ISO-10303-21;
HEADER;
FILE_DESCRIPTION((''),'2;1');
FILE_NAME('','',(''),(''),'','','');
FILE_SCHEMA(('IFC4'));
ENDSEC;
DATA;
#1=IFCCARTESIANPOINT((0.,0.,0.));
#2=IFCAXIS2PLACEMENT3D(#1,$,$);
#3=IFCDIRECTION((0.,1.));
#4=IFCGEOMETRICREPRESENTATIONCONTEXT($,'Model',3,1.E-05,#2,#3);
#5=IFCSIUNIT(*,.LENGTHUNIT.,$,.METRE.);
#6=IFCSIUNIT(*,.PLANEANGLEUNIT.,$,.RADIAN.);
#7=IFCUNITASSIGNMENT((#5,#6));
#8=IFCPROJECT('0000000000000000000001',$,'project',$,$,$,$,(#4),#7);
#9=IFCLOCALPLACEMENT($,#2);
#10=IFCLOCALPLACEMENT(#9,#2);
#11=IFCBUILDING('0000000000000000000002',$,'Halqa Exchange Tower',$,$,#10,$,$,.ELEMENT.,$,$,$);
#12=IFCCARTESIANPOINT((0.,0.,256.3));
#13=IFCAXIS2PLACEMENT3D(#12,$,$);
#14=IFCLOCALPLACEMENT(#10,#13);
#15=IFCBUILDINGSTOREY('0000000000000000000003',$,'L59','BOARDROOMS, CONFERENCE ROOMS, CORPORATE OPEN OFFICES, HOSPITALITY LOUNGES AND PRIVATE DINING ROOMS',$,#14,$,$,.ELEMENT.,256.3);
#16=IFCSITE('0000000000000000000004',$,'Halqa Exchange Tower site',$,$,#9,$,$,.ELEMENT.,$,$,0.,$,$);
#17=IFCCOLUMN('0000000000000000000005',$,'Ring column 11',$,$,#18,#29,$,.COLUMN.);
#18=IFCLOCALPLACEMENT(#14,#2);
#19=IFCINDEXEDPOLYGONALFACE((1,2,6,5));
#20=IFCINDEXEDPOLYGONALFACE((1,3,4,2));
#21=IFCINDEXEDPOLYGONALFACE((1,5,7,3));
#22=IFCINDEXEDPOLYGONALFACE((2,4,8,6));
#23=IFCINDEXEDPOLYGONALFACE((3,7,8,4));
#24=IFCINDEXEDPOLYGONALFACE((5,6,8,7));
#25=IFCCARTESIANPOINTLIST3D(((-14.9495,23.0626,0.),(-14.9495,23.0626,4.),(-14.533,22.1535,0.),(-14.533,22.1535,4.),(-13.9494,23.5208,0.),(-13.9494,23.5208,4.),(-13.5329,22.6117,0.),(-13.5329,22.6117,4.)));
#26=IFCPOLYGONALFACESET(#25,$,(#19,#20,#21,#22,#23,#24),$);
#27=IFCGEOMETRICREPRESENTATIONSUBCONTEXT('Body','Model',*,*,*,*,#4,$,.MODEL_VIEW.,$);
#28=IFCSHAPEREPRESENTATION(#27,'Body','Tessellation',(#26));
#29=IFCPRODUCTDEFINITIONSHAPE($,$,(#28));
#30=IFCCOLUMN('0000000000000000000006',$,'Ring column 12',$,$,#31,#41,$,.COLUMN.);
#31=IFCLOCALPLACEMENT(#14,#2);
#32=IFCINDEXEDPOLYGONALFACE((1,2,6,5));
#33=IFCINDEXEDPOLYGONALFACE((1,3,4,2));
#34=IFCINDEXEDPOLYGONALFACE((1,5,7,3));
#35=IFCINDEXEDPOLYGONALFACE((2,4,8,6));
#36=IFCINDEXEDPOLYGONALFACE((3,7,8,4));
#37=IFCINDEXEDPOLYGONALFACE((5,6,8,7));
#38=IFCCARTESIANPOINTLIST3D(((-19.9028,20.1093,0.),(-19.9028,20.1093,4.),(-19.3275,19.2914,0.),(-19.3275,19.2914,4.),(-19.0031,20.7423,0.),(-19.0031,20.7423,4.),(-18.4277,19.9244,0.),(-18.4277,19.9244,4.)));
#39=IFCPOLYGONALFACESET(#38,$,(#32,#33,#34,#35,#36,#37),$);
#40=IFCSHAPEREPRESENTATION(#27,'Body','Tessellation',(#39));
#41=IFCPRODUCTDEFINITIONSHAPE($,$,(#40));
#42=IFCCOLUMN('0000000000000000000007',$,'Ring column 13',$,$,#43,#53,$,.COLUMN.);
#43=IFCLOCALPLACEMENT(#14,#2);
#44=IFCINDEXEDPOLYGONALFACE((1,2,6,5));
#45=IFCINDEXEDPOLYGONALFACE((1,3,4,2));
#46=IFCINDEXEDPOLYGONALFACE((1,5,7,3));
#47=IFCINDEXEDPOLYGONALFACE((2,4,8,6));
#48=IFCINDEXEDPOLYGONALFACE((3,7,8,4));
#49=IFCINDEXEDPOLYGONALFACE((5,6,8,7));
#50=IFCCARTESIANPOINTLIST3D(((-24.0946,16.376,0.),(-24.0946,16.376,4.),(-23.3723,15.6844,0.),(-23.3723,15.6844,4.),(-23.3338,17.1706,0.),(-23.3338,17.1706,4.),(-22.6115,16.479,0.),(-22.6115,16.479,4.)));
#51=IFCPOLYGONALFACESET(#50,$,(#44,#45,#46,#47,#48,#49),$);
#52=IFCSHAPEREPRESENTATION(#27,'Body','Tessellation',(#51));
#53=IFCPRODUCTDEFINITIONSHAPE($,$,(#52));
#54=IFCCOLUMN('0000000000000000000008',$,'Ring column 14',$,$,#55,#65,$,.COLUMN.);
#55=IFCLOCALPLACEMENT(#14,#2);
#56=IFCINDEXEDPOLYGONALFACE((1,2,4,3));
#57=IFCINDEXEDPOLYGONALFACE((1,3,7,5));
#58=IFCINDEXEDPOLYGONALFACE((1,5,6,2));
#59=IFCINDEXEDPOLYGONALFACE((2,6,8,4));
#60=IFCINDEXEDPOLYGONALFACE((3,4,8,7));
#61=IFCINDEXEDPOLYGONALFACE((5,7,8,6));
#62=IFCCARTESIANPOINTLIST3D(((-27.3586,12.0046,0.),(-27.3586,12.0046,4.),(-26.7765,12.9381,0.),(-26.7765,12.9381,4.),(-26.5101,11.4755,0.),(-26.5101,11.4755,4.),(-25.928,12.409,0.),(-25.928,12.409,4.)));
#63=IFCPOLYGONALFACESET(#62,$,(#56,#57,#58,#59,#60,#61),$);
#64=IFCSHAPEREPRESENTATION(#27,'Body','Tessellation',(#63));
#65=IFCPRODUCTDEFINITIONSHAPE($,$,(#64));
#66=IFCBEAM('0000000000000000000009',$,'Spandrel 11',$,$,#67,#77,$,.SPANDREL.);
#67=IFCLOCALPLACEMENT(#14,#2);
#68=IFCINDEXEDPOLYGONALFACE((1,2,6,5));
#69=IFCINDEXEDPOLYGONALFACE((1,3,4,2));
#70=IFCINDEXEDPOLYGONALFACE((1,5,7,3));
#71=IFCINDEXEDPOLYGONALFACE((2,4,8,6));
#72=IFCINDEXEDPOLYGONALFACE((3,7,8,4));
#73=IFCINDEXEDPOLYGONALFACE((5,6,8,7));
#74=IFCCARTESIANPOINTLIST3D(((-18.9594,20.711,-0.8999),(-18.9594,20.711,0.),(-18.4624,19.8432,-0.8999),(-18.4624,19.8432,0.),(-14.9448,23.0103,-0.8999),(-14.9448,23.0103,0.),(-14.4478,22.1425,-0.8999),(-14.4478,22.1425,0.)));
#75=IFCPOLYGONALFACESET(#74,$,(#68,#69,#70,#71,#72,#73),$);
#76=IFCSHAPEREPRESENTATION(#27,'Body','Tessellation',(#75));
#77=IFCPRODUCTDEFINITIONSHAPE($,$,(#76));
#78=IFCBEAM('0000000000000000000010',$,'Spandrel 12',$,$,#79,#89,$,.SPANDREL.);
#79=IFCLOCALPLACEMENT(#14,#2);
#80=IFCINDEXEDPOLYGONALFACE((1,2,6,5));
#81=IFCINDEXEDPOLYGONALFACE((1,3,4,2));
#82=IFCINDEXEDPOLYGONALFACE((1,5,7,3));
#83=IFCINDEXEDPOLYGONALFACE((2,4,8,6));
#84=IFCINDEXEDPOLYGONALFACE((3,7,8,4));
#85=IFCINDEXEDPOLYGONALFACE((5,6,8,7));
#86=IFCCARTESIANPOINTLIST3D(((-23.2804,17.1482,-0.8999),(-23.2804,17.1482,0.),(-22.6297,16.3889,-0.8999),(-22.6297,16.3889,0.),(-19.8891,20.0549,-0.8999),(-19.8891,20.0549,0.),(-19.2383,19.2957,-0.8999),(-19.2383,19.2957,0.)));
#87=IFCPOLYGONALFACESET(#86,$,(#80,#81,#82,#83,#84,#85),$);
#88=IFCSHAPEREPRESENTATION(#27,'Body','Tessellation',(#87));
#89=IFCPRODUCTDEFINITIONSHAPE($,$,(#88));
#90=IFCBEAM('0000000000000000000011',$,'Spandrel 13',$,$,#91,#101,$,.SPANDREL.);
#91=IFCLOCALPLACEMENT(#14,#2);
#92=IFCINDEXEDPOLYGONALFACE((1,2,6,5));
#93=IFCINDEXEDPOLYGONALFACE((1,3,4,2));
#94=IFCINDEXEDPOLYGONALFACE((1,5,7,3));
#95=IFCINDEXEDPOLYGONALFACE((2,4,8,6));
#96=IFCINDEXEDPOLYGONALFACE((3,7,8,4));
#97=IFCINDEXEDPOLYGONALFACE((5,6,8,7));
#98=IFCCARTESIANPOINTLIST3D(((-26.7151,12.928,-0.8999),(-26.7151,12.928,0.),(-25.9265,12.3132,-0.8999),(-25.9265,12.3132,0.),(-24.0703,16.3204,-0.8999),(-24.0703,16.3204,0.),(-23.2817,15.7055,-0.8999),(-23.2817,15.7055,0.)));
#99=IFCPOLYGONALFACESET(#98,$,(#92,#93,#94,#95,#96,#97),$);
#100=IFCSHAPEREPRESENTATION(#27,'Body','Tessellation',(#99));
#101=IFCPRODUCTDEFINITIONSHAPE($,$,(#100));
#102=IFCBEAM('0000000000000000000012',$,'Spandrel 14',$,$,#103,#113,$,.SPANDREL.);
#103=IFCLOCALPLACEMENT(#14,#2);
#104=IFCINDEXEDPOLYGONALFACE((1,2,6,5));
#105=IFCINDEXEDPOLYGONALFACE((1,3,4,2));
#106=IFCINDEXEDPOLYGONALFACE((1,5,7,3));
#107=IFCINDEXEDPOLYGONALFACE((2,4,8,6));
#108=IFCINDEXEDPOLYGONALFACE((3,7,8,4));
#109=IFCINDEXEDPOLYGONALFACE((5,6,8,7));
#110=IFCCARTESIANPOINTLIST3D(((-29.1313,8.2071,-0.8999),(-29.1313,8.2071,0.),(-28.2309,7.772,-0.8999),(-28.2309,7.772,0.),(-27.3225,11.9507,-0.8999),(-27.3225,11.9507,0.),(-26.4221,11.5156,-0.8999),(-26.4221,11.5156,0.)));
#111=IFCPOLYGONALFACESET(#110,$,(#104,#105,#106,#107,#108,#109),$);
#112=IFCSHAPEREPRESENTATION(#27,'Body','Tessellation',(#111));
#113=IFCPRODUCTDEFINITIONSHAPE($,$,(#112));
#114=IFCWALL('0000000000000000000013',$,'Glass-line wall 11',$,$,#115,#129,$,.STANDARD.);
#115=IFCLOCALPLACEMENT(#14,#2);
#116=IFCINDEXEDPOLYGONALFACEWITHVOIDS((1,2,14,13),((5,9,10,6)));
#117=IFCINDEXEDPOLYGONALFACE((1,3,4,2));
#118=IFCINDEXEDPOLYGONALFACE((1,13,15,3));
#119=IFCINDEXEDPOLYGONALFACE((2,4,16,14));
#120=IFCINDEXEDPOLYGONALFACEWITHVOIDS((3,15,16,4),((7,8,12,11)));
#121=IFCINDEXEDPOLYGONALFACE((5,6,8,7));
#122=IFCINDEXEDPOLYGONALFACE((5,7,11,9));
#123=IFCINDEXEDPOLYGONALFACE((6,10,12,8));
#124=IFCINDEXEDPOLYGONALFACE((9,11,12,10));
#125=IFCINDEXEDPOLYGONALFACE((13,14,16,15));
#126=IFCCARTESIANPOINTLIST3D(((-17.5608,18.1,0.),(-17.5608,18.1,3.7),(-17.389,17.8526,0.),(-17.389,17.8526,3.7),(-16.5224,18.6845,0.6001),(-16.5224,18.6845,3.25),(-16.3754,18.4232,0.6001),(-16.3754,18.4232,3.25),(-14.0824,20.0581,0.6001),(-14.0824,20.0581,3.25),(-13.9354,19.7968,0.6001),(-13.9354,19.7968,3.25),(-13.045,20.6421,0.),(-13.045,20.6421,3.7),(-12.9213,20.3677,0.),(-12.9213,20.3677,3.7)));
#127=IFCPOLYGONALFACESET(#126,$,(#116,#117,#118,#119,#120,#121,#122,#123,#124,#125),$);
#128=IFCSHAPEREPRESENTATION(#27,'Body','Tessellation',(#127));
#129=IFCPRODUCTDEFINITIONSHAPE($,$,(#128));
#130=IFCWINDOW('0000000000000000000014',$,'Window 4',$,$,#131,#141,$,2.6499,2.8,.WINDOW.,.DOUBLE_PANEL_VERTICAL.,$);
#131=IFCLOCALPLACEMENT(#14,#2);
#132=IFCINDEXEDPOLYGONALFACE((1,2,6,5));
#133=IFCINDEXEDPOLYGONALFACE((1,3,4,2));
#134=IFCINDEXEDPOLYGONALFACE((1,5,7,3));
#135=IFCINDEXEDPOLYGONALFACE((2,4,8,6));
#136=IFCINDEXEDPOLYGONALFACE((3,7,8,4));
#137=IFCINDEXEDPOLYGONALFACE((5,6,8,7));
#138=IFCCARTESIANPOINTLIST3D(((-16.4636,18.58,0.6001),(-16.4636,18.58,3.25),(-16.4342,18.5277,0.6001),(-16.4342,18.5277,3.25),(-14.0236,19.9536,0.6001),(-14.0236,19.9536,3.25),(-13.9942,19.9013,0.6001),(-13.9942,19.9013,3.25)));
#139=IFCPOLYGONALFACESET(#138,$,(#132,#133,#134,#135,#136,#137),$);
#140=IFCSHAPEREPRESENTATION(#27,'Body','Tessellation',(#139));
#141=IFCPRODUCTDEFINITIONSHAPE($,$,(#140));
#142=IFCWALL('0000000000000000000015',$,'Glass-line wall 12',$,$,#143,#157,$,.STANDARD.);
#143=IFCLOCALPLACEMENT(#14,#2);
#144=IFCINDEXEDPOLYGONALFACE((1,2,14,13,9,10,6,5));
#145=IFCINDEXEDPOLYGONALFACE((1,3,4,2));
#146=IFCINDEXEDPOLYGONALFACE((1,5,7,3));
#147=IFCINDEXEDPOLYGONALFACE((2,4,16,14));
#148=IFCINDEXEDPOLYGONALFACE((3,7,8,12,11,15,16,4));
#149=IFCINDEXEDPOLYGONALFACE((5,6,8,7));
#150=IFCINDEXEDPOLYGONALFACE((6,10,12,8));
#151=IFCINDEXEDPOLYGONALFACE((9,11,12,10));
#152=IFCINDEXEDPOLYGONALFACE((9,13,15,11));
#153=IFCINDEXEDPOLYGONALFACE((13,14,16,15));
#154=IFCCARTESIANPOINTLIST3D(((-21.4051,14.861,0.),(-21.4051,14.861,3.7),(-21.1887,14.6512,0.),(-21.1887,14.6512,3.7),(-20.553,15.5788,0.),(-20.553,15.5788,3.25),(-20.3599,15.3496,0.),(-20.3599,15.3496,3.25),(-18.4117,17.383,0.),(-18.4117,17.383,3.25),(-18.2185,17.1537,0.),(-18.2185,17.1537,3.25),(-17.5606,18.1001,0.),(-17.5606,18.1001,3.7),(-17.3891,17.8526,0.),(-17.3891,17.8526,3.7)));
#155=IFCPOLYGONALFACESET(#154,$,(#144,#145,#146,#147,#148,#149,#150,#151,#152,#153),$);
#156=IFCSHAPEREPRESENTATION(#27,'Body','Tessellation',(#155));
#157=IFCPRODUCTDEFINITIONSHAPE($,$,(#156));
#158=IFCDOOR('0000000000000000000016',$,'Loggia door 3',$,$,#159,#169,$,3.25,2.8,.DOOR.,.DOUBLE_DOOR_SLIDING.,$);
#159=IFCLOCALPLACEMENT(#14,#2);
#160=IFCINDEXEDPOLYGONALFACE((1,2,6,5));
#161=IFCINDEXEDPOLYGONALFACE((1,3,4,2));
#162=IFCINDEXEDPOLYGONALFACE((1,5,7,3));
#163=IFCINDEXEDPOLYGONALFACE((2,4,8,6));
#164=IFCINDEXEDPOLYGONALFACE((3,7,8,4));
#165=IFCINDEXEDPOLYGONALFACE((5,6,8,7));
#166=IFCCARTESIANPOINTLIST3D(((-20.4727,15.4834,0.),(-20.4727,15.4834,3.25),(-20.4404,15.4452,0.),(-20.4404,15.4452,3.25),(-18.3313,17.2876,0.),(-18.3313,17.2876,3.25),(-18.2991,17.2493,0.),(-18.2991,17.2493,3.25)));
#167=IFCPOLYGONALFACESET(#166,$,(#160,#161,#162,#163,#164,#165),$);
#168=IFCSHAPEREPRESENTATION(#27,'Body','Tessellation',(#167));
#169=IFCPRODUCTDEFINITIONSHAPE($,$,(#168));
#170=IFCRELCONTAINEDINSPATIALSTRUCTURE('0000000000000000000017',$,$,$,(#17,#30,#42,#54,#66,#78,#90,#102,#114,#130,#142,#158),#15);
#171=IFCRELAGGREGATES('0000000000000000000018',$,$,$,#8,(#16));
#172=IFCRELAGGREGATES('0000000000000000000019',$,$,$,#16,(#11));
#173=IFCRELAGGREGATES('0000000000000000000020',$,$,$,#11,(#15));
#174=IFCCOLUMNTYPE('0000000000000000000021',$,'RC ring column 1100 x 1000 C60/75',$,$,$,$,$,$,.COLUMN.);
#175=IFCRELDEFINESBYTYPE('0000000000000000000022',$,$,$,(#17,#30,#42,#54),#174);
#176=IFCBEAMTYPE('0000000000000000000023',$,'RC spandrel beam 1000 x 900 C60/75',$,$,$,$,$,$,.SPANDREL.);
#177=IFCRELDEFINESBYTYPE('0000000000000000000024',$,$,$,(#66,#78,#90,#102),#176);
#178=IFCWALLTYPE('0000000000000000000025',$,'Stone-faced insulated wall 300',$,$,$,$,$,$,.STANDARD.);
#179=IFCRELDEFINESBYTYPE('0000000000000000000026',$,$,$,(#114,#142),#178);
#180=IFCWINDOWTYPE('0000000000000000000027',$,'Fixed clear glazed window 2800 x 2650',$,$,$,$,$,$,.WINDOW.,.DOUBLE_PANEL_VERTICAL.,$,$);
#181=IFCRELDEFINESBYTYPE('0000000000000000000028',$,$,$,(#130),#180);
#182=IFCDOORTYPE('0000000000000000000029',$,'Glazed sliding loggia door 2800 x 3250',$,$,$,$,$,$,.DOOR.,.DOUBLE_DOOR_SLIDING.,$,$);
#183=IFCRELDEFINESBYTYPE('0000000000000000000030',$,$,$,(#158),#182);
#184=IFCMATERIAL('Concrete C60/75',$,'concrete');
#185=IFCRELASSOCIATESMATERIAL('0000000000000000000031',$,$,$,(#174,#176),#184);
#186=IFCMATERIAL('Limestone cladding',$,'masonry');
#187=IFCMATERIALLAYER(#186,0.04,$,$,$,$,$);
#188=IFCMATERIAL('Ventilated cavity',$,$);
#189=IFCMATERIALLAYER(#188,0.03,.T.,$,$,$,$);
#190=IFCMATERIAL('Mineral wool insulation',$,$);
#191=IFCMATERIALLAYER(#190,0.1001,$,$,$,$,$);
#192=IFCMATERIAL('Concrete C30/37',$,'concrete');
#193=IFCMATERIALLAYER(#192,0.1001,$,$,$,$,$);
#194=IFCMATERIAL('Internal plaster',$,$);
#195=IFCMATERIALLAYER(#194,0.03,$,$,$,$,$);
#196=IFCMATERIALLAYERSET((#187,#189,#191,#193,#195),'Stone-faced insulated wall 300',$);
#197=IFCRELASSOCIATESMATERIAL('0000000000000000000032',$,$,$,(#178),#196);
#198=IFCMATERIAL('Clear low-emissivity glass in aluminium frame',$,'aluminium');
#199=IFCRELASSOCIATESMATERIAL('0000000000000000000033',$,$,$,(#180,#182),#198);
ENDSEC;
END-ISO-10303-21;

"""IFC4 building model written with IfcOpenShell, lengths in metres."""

from ifc_helpers import new_model, si_unit, direction, frame, frame_2d, origin, origin_2d, place, context, subcontext, project, spatial, polyline, rectangle, outline, extrude, material, layer, layer_set, material_profile, profile_set, type_object, element, fill, save


model = new_model("IFC4")

# Units and contexts
model_context = context("Model", 3, precision=1e-05, world=origin(), true_north=direction((0.0, 1.0)))
body_context = subcontext(model_context, "Body", "Model", "MODEL_VIEW")
ifc_project = project(units=[si_unit("LENGTHUNIT", "METRE"), si_unit("PLANEANGLEUNIT", "RADIAN")], contexts=[model_context])

# Site, building, storey
site_placement = place(None, origin())
site = spatial("IfcSite", under=ifc_project, at=site_placement, Name="Halqa Exchange Tower site", CompositionType="ELEMENT", RefElevation=0.0)
building_placement = place(site_placement, origin())
building = spatial("IfcBuilding", under=site, at=building_placement, Name="Halqa Exchange Tower", CompositionType="ELEMENT")
storey_placement = place(building_placement, frame((0.0, 0.0, 256.3)))
storey = spatial("IfcBuildingStorey", under=building, at=storey_placement, Name="L59", Description="BOARDROOMS, CONFERENCE ROOMS, CORPORATE OPEN OFFICES, HOSPITALITY LOUNGES AND PRIVATE DINING ROOMS", CompositionType="ELEMENT", Elevation=256.3)

# Columns
ifc_material_1 = material(Name="Concrete C60/75", Category="concrete")
ifc_material_profile_1 = material_profile(ifc_material_1, rectangle(XDim=1.1001, YDim=1.0, at=origin_2d()), Name="1100 x 1000")
ifc_profile_set_1 = profile_set([ifc_material_profile_1], Name="Concrete C60/75")
column_type = type_object("IfcColumnType", Name="RC ring column 1100 x 1000 C60/75", PredefinedType="COLUMN", material=ifc_profile_set_1)
for number, where, z_axis, x_axis, name in (
    (1, (-14.2412, 22.8372, 0.0), (0.0, 0.0, 1.0), (-0.909128, -0.416517, 0.0), "Ring column 11"),
    (2, (-19.1653, 20.0168, 0.0), (0.0, 0.0, 1.0), (-0.817907, -0.575351, 0.0), "Ring column 12"),
    (3, (-23.353, 16.4275, 0.0), (0.0, 0.0, 1.0), (-0.691579, -0.722301, 0.0), "Ring column 13"),
    (4, (-26.6433, 12.2068, 0.0), (0.0, 0.0, 1.0), (-0.52914, -0.848534, 0.0), "Ring column 14"),
):
    element("IfcColumn", number, at=place(storey_placement, frame(where, z_axis=z_axis, x_axis=x_axis)), inside=storey, type_object=column_type, Name=name, PredefinedType="COLUMN", context=body_context, shape_type="SweptSolid", body=[
        extrude(rectangle(XDim=1.1001, YDim=1.0, at=origin_2d()), origin(), (0.0, 0.0, 1.0), 4.0),
    ])

# Beams
ifc_material_profile_2 = material_profile(ifc_material_1, rectangle(XDim=1.0, YDim=0.8999, at=origin_2d()), Name="1000 x 900")
ifc_profile_set_2 = profile_set([ifc_material_profile_2], Name="Concrete C60/75")
beam_type = type_object("IfcBeamType", Name="RC spandrel beam 1000 x 900 C60/75", PredefinedType="SPANDREL", material=ifc_profile_set_2)
beam_1_placement = place(storey_placement, frame((-14.6963, 22.5764, -0.45), z_axis=(-0.867756, -0.496991, 0.0), x_axis=(0.496991, -0.867756, 0.0)))
element("IfcBeam", 5, at=beam_1_placement, inside=storey, type_object=beam_type, Name="Spandrel 11", PredefinedType="SPANDREL", context=body_context, shape_type="SweptSolid", body=[
    extrude(rectangle(XDim=1.0, YDim=0.8999, at=origin_2d()), origin(), (0.0, 0.0, 1.0), 4.6265),
])
beam_2_placement = place(storey_placement, frame((-19.5637, 19.6753, -0.45), z_axis=(-0.759272, -0.650773, 0.0), x_axis=(0.650773, -0.759272, 0.0)))
element("IfcBeam", 6, at=beam_2_placement, inside=storey, type_object=beam_type, Name="Spandrel 12", PredefinedType="SPANDREL", context=body_context, shape_type="SweptSolid", body=[
    extrude(rectangle(XDim=1.0, YDim=0.8999, at=origin_2d()), origin(), (0.0, 0.0, 1.0), 4.4666),
])
beam_3_placement = place(storey_placement, frame((-23.676, 16.0129, -0.45), z_axis=(-0.614852, -0.788643, 0.0), x_axis=(0.788643, -0.614852, 0.0)))
element("IfcBeam", 7, at=beam_3_placement, inside=storey, type_object=beam_type, Name="Spandrel 13", PredefinedType="SPANDREL", context=body_context, shape_type="SweptSolid", body=[
    extrude(rectangle(XDim=1.0, YDim=0.8999, at=origin_2d()), origin(), (0.0, 0.0, 1.0), 4.3015),
])
beam_4_placement = place(storey_placement, frame((-26.8723, 11.7332, -0.45), z_axis=(-0.435053, -0.900405, 0.0), x_axis=(0.900405, -0.435053, 0.0)))
element("IfcBeam", 8, at=beam_4_placement, inside=storey, type_object=beam_type, Name="Spandrel 14", PredefinedType="SPANDREL", context=body_context, shape_type="SweptSolid", body=[
    extrude(rectangle(XDim=1.0, YDim=0.8999, at=origin_2d()), origin(), (0.0, 0.0, 1.0), 4.1577),
])

# Wall, opening, window
ifc_material_2 = material(Name="Limestone cladding", Category="masonry")
ifc_layer_1 = layer(ifc_material_2, 0.04)
ifc_material_3 = material(Name="Ventilated cavity")
ifc_layer_2 = layer(ifc_material_3, 0.03, ventilated=True)
ifc_material_4 = material(Name="Mineral wool insulation")
ifc_layer_3 = layer(ifc_material_4, 0.1001)
ifc_material_5 = material(Name="Concrete C30/37", Category="concrete")
ifc_layer_4 = layer(ifc_material_5, 0.1001)
ifc_material_6 = material(Name="Internal plaster")
ifc_layer_5 = layer(ifc_material_6, 0.03)
ifc_layer_set_1 = layer_set([ifc_layer_1, ifc_layer_2, ifc_layer_3, ifc_layer_4, ifc_layer_5], Name="Stone-faced insulated wall 300")
wall_type_1 = type_object("IfcWallType", Name="Stone-faced insulated wall 300", PredefinedType="STANDARD", material=ifc_layer_set_1)
wall_1_placement = place(storey_placement, frame((-12.9832, 20.5049, 0.0), z_axis=(0.0, 0.0, 1.0), x_axis=(-0.871411, -0.490554, 0.0)))
wall_1 = element("IfcWall", 9, at=wall_1_placement, inside=storey, type_object=wall_type_1, Name="Glass-line wall 11", PredefinedType="STANDARD", context=body_context, shape_type="SweptSolid", body=[
    extrude(outline(polyline([(-0.0134, -0.1499), (5.1687, -0.1499), (5.1404, 0.1499), (0.0134, 0.1499), (-0.0134, -0.1499)])), origin(), (0.0, 0.0, 1.0), 3.7),
])
opening_1_placement = place(wall_1_placement, frame((1.1772, 0.0, 0.6001)))
opening_1 = element("IfcOpeningElement", 10, at=opening_1_placement, cuts=wall_1, PredefinedType="OPENING", context=body_context, shape_type="SweptSolid", body=[
    extrude(rectangle(XDim=2.8, YDim=2.6499, at=frame_2d((1.3999, 1.325))), frame((0.0, 0.1621, 0.0), z_axis=(0.0, -1.0, 0.0), x_axis=(1.0, 0.0, 0.0)), (0.0, 0.0, 1.0), 0.324),
])
ifc_material_7 = material(Name="Clear low-emissivity glass in aluminium frame", Category="aluminium")
window_type = type_object("IfcWindowType", Name="Fixed clear glazed window 2800 x 2650", PartitioningType="DOUBLE_PANEL_VERTICAL", PredefinedType="WINDOW", material=ifc_material_7)
window_1_placement = place(opening_1_placement, origin())
window_1 = element("IfcWindow", 11, at=window_1_placement, inside=storey, type_object=window_type, Name="Window 4", OverallHeight=2.6499, OverallWidth=2.8, PartitioningType="DOUBLE_PANEL_VERTICAL", PredefinedType="WINDOW", context=body_context, shape_type="SweptSolid", body=[
    extrude(rectangle(XDim=2.8, YDim=2.6499, at=frame_2d((1.3999, 1.325))), frame((0.0, 0.03, 0.0), z_axis=(0.0, -1.0, 0.0), x_axis=(1.0, 0.0, 0.0)), (0.0, 0.0, 1.0), 0.0601),
])
fill(opening_1, window_1)

# Wall, opening, door
wall_2_placement = place(storey_placement, frame((-17.4749, 17.9763, 0.0), z_axis=(0.0, 0.0, 1.0), x_axis=(-0.764746, -0.644331, 0.0)))
wall_2 = element("IfcWall", 12, at=wall_2_placement, inside=storey, type_object=wall_type_1, Name="Glass-line wall 12", PredefinedType="STANDARD", context=body_context, shape_type="SweptSolid", body=[
    extrude(outline(polyline([(-0.0142, -0.1499), (5.0129, -0.1499), (4.9827, 0.1499), (0.0142, 0.1499), (-0.0142, -0.1499)])), origin(), (0.0, 0.0, 1.0), 3.7),
])
opening_2_placement = place(wall_2_placement, frame((1.0989, 0.0, 0.0)))
opening_2 = element("IfcOpeningElement", 13, at=opening_2_placement, cuts=wall_2, PredefinedType="OPENING", context=body_context, shape_type="SweptSolid", body=[
    extrude(rectangle(XDim=2.8, YDim=3.25, at=frame_2d((1.3999, 1.625))), frame((0.0, 0.1621, 0.0), z_axis=(0.0, -1.0, 0.0), x_axis=(1.0, 0.0, 0.0)), (0.0, 0.0, 1.0), 0.324),
])
door_type_1 = type_object("IfcDoorType", Name="Glazed sliding loggia door 2800 x 3250", OperationType="DOUBLE_DOOR_SLIDING", PredefinedType="DOOR", material=ifc_material_7)
door_1_placement = place(opening_2_placement, origin())
door_1 = element("IfcDoor", 14, at=door_1_placement, inside=storey, type_object=door_type_1, Name="Loggia door 3", OperationType="DOUBLE_DOOR_SLIDING", OverallHeight=3.25, OverallWidth=2.8, PredefinedType="DOOR", context=body_context, shape_type="SweptSolid", body=[
    extrude(rectangle(XDim=2.8, YDim=3.25, at=frame_2d((1.3999, 1.625))), frame((0.0, 0.0249, 0.0), z_axis=(0.0, -1.0, 0.0), x_axis=(1.0, 0.0, 0.0)), (0.0, 0.0, 1.0), 0.05),
])
fill(opening_2, door_1)

save(model, "model.ifc")
